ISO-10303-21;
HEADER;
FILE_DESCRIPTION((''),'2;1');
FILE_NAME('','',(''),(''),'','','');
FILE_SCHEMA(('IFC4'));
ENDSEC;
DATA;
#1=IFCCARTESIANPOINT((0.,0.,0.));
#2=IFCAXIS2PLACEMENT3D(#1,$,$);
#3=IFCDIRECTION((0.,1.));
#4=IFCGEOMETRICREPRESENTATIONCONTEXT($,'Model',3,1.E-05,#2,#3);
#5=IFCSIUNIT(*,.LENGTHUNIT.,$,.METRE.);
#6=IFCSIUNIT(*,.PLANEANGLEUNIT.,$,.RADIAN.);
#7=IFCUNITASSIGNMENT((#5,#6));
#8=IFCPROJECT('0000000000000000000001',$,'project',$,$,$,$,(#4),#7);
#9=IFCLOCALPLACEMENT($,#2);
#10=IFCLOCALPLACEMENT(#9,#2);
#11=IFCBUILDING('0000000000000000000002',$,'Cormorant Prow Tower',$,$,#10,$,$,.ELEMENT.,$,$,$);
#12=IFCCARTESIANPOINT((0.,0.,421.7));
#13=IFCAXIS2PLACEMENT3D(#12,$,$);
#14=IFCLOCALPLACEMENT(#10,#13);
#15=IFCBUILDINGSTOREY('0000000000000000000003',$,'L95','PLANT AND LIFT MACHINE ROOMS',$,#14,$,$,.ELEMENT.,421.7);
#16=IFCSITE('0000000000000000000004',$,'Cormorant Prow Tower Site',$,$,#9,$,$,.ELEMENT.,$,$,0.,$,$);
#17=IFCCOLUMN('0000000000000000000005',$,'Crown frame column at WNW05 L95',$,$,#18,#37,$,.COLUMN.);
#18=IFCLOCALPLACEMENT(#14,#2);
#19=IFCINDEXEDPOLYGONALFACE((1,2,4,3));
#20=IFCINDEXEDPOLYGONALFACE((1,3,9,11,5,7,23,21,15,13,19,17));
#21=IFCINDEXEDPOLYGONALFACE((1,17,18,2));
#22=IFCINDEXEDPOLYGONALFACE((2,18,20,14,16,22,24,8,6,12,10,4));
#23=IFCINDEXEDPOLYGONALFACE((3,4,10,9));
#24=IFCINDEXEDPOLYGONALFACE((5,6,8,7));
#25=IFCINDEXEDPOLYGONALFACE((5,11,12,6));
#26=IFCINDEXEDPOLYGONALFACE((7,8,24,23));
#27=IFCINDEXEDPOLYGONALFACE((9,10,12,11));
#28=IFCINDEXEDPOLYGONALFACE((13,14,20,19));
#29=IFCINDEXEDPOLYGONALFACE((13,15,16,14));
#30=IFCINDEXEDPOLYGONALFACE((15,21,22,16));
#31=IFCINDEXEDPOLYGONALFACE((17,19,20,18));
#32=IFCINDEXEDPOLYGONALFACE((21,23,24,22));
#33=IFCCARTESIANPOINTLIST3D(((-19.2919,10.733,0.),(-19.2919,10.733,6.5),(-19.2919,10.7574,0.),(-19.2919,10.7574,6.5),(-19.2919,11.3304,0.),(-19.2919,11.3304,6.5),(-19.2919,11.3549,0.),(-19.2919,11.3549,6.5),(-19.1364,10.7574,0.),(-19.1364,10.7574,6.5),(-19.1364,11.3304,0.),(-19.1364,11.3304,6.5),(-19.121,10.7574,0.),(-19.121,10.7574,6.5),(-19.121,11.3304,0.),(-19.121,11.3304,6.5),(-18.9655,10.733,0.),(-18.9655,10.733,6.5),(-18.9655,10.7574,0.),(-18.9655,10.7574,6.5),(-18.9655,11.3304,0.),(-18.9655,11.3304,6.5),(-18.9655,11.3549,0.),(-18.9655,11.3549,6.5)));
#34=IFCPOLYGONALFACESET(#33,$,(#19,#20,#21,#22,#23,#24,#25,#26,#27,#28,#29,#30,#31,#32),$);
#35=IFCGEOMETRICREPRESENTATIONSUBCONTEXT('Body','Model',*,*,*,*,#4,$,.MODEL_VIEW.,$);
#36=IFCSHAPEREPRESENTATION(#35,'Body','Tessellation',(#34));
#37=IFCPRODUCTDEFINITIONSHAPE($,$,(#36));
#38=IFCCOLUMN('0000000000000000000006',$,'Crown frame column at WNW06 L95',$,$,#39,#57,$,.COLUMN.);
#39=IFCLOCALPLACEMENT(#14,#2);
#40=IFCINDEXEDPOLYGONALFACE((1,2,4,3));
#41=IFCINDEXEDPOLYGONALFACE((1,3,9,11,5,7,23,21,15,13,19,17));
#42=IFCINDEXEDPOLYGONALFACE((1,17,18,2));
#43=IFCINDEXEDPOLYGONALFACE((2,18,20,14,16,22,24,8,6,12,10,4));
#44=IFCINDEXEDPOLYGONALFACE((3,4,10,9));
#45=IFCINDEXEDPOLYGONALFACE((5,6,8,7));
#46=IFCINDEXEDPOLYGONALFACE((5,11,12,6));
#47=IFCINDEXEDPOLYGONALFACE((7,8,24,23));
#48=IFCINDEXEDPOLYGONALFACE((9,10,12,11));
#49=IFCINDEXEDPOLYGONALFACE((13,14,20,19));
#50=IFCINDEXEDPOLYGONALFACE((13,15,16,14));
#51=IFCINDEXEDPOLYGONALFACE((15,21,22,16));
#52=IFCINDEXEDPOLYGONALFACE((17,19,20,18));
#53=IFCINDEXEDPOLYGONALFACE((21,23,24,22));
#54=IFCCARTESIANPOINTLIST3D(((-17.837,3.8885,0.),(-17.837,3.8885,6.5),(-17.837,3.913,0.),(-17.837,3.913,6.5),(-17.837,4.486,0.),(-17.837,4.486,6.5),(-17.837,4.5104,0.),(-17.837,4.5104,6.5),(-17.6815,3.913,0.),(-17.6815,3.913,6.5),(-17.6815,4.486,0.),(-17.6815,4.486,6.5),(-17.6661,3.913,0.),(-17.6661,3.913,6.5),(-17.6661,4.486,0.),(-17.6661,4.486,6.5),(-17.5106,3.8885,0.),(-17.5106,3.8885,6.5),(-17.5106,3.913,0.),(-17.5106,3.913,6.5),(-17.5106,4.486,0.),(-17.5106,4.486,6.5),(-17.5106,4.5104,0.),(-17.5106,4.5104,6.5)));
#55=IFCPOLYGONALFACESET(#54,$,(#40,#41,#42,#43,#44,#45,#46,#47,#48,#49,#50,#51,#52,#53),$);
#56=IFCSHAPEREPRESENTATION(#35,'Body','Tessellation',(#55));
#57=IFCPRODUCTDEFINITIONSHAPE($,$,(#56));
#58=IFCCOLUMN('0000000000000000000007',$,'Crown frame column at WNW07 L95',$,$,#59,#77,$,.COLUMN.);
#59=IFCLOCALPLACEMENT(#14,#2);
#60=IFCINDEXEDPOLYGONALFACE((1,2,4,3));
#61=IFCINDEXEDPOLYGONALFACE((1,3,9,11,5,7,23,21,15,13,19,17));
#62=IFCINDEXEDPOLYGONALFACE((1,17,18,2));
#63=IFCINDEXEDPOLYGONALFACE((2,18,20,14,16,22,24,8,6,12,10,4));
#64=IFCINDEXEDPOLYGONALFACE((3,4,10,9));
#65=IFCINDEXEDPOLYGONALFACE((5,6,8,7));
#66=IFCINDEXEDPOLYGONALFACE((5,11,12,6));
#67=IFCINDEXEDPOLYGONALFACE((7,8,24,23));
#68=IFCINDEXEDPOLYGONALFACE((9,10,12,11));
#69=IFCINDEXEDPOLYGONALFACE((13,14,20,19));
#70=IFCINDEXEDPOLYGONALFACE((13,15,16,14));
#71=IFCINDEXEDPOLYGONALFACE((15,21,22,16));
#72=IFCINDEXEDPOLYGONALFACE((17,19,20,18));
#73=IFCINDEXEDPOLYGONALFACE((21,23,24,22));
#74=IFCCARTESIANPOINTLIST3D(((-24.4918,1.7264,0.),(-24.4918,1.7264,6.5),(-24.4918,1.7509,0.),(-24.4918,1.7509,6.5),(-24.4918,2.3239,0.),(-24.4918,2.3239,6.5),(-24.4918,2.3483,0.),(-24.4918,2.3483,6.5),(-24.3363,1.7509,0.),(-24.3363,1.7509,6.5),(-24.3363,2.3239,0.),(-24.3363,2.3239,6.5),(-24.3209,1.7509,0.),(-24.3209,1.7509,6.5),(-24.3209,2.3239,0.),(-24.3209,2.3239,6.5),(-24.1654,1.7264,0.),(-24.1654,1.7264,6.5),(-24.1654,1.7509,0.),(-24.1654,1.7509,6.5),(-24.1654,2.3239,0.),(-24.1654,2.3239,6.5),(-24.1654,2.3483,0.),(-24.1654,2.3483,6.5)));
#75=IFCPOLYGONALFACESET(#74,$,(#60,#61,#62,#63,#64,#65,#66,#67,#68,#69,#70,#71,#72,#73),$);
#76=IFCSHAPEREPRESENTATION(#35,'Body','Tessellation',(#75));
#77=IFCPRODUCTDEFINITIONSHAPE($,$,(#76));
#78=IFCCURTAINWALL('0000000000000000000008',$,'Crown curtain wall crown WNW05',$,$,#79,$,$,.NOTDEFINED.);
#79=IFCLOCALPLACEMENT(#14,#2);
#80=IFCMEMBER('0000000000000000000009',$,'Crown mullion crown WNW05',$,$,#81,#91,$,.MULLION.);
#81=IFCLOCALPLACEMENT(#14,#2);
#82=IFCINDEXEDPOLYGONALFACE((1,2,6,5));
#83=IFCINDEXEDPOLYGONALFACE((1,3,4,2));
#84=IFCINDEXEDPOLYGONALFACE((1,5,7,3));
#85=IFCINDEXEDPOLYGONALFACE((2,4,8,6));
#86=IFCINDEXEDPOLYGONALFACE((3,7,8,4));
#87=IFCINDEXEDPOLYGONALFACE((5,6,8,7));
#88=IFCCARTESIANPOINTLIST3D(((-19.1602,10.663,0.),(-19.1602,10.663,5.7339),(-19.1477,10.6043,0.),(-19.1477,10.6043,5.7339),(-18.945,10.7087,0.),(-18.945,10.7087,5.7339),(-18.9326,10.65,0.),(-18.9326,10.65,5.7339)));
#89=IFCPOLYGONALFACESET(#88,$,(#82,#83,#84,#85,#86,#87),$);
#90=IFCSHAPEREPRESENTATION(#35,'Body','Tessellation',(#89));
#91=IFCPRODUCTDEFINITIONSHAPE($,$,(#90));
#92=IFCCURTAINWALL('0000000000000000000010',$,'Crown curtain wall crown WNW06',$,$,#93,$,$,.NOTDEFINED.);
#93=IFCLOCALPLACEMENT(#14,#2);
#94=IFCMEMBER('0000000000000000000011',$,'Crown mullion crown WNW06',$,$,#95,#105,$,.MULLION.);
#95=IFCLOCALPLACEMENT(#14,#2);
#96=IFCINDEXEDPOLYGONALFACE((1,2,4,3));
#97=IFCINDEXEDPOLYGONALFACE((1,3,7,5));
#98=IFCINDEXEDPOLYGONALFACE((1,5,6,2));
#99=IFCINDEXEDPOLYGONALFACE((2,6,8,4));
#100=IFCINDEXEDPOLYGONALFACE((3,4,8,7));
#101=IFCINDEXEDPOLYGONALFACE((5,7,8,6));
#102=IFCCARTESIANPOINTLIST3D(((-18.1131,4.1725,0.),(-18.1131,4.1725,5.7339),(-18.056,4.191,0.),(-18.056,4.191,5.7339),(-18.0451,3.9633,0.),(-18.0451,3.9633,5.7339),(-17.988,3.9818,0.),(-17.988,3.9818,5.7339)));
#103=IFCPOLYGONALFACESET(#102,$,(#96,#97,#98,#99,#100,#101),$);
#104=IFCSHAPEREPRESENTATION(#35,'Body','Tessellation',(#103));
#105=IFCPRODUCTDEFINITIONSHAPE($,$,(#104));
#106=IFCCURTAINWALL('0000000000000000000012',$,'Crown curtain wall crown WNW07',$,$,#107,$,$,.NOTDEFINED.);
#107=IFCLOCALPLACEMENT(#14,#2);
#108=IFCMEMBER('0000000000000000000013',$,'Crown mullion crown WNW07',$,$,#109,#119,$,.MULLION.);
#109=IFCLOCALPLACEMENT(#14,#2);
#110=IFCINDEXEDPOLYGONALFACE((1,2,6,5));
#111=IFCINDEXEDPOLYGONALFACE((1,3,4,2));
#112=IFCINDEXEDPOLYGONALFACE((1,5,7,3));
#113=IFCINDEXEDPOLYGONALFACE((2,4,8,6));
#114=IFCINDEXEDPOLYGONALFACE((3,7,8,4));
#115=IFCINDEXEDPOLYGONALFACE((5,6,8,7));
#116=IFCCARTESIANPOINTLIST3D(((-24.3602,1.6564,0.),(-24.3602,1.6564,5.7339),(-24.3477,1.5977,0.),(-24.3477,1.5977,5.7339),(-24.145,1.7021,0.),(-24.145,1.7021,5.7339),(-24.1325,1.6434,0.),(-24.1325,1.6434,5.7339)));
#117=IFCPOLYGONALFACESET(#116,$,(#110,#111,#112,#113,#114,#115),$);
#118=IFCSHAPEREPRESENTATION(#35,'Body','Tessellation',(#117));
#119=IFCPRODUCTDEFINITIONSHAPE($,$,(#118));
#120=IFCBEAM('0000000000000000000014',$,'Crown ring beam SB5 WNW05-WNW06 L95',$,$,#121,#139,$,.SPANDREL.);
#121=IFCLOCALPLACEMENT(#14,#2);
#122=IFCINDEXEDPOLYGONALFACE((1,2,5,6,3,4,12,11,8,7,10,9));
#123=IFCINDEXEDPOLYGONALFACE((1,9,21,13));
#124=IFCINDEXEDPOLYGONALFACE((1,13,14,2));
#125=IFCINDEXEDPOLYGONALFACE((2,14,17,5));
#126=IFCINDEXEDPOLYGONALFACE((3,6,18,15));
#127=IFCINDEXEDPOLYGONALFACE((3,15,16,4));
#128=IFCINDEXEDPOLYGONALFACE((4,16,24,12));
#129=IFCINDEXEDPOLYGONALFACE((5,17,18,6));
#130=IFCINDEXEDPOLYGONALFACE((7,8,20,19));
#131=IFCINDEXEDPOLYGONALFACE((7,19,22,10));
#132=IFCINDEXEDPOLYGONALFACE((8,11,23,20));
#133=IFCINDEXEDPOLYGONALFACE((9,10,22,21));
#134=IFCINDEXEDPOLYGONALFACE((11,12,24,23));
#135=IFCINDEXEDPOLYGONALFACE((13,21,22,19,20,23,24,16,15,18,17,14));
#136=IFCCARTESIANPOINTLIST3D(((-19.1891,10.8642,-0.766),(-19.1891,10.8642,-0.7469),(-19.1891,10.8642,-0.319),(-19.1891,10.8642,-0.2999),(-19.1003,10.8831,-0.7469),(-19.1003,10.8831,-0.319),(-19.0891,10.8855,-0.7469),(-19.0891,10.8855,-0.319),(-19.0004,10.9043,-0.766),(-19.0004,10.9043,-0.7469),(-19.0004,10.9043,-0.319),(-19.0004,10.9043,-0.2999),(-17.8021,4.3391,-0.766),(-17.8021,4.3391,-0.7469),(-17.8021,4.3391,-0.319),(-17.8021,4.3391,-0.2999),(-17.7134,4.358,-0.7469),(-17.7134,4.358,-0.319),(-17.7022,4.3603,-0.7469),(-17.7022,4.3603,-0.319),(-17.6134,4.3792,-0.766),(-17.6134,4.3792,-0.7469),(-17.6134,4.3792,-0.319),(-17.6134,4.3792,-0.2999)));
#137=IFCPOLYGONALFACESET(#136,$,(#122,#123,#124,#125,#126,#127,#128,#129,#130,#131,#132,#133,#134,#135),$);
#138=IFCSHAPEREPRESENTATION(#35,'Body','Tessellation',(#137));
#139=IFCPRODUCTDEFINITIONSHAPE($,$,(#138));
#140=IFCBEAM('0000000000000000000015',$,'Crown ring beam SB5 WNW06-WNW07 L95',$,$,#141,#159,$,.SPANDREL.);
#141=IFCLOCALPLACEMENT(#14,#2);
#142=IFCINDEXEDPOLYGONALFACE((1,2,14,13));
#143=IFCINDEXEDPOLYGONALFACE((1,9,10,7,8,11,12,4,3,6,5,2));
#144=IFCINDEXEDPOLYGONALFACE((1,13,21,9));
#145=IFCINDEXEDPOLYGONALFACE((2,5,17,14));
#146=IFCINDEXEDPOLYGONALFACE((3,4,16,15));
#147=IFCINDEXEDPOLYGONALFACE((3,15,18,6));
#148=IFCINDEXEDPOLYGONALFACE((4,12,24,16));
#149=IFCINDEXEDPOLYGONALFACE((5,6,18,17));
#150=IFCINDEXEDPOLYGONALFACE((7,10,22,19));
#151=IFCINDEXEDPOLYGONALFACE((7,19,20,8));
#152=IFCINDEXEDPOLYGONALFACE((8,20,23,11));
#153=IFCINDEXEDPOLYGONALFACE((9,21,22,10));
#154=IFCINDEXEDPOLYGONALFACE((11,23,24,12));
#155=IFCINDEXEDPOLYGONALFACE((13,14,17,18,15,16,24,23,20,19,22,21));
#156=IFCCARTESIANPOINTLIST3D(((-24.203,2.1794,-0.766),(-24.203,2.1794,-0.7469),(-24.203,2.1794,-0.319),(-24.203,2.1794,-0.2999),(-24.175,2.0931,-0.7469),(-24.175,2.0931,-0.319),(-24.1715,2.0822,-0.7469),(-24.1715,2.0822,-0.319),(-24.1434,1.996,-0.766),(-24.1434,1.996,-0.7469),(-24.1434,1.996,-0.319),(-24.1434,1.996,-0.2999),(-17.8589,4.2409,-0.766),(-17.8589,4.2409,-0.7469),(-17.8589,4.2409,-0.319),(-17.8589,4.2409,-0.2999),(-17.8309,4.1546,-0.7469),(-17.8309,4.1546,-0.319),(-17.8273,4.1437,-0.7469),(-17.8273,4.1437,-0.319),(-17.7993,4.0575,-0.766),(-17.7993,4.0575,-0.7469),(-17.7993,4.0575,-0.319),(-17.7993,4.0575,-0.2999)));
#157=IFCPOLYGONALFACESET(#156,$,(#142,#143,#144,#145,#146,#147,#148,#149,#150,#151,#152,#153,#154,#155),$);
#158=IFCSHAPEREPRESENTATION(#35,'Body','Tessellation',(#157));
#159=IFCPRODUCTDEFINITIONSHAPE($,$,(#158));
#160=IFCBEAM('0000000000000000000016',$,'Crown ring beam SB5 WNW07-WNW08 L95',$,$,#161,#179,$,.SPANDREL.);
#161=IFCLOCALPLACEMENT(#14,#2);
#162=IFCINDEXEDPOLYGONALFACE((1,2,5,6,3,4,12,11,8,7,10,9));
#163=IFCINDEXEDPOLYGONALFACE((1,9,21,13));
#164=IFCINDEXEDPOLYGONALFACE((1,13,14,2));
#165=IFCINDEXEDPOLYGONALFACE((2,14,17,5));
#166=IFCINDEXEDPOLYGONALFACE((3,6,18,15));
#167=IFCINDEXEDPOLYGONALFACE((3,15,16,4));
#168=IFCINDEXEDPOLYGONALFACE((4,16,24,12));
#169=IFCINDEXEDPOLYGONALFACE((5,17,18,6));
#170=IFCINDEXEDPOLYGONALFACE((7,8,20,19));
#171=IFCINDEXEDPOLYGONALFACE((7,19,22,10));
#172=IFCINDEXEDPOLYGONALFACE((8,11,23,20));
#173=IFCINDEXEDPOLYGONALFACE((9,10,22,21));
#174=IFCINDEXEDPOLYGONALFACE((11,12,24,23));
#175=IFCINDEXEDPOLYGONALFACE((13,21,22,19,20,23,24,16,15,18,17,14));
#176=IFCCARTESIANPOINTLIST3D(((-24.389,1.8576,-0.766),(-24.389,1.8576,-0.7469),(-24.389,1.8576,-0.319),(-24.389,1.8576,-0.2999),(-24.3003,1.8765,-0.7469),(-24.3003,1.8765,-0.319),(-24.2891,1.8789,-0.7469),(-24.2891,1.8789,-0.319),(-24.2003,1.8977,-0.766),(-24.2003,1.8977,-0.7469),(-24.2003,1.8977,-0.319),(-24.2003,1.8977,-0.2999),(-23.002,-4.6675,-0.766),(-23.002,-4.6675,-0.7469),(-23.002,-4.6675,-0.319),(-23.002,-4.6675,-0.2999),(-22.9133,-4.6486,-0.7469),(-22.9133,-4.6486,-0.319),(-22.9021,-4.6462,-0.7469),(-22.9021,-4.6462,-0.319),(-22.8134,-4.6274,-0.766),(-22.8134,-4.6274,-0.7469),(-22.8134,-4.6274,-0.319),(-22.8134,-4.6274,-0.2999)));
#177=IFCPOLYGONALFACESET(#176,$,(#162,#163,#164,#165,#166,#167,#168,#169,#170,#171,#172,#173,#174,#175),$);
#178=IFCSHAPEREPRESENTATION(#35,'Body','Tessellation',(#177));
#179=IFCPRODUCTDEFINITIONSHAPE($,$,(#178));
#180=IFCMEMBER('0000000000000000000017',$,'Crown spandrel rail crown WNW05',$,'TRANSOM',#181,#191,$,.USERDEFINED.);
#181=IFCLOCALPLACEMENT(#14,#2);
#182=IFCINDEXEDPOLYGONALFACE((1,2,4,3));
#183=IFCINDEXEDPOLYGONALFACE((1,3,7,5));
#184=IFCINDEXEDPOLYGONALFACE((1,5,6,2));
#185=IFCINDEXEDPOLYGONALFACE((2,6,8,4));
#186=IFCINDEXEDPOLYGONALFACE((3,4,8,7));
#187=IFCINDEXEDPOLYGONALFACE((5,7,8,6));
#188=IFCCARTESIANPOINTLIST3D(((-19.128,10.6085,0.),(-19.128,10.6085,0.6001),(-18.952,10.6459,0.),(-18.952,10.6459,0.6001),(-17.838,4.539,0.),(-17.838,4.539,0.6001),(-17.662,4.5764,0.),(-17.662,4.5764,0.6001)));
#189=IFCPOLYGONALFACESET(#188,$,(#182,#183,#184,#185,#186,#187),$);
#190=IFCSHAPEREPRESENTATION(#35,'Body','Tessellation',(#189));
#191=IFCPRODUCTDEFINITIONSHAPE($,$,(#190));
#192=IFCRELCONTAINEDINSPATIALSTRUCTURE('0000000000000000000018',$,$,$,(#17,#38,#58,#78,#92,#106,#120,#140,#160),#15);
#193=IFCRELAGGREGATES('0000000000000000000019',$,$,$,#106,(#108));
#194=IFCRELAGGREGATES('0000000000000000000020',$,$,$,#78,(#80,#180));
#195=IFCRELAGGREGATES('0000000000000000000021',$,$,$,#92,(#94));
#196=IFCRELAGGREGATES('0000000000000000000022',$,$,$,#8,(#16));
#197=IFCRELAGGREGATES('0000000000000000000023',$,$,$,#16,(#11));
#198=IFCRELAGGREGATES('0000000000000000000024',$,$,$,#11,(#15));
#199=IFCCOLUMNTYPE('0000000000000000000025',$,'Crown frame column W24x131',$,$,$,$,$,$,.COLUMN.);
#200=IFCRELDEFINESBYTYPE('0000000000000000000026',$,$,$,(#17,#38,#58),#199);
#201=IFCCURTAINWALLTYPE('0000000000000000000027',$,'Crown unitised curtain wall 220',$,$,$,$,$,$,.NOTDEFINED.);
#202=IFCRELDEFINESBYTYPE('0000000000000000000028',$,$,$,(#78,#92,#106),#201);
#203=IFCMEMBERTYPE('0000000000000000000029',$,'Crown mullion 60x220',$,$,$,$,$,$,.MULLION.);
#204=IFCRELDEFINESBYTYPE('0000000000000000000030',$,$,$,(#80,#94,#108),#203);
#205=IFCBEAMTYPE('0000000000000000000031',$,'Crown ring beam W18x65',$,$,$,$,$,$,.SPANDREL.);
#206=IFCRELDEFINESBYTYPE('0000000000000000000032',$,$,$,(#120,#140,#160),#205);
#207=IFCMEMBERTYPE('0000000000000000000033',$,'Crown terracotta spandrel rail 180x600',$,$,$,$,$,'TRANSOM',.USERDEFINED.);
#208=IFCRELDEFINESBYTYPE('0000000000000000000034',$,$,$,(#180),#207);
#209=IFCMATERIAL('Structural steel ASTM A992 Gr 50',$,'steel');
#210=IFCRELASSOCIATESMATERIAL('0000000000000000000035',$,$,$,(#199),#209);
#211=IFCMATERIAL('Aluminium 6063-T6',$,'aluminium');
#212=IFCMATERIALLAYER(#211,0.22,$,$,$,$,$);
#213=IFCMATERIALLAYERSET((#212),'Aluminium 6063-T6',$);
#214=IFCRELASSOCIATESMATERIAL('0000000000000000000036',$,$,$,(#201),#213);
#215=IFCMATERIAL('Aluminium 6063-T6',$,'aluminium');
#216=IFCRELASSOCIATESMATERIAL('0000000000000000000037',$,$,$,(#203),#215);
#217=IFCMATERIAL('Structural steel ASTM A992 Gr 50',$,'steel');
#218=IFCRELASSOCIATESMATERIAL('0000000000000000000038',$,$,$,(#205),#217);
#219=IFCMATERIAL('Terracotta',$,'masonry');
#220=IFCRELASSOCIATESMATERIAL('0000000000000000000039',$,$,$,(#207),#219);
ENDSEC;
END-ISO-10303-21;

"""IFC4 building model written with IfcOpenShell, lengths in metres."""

from ifc_helpers import new_model, si_unit, direction, frame, origin, origin_2d, place, context, subcontext, project, spatial, rectangle, i_section, extrude, material, layer, layer_set, material_profile, profile_set, type_object, element, aggregate, save


model = new_model("IFC4")

# Units and contexts
model_context = context("Model", 3, precision=1e-05, world=origin(), true_north=direction((0.0, 1.0)))
body_context = subcontext(model_context, "Body", "Model", "MODEL_VIEW")
ifc_project = project(units=[si_unit("LENGTHUNIT", "METRE"), si_unit("PLANEANGLEUNIT", "RADIAN")], contexts=[model_context])

# Site, building, storey
site_placement = place(None, origin())
site = spatial("IfcSite", under=ifc_project, at=site_placement, Name="Cormorant Prow Tower Site", CompositionType="ELEMENT", RefElevation=0.0)
building_placement = place(site_placement, origin())
building = spatial("IfcBuilding", under=site, at=building_placement, Name="Cormorant Prow Tower", CompositionType="ELEMENT")
storey_placement = place(building_placement, frame((0.0, 0.0, 421.7)))
storey = spatial("IfcBuildingStorey", under=building, at=storey_placement, Name="L95", Description="PLANT AND LIFT MACHINE ROOMS", CompositionType="ELEMENT", Elevation=421.7)

# Columns
ifc_material_1 = material(Name="Structural steel ASTM A992 Gr 50", Category="steel")
ifc_material_profile_1 = material_profile(ifc_material_1, i_section(OverallWidth=0.3264, OverallDepth=0.6218, WebThickness=0.0154, FlangeThickness=0.0244, at=origin_2d()), Name="W24x131")
ifc_profile_set_1 = profile_set([ifc_material_profile_1], Name="Structural steel ASTM A992 Gr 50")
column_type = type_object("IfcColumnType", Name="Crown frame column W24x131", PredefinedType="COLUMN", material=ifc_profile_set_1)
for number, where, z_axis, x_axis, name in (
    (1, (-19.1287, 11.0439, 0.0), (0.0, 0.0, 1.0), (1.0, 0.0, 0.0), "Crown frame column at WNW05 L95"),
    (2, (-17.6738, 4.1995, 0.0), (0.0, 0.0, 1.0), (1.0, 0.0, 0.0), "Crown frame column at WNW06 L95"),
    (3, (-24.3286, 2.0374, 0.0), (0.0, 0.0, 1.0), (1.0, 0.0, 0.0), "Crown frame column at WNW07 L95"),
):
    element("IfcColumn", number, at=place(storey_placement, frame(where, z_axis=z_axis, x_axis=x_axis)), inside=storey, type_object=column_type, Name=name, PredefinedType="COLUMN", context=body_context, shape_type="SweptSolid", body=[
        extrude(i_section(OverallWidth=0.3264, OverallDepth=0.6218, WebThickness=0.0154, FlangeThickness=0.0244, at=origin_2d()), origin(), (0.0, 0.0, 1.0), 6.5),
    ])

# Curtain walls, members
ifc_material_2 = material(Name="Aluminium 6063-T6", Category="aluminium")
ifc_layer_1 = layer(ifc_material_2, 0.22)
ifc_layer_set_1 = layer_set([ifc_layer_1], Name="Aluminium 6063-T6")
curtain_wall_type = type_object("IfcCurtainWallType", Name="Crown unitised curtain wall 220", PredefinedType="NOTDEFINED", material=ifc_layer_set_1)
curtain_wall_1_placement = place(storey_placement, origin())
curtain_wall_1 = element("IfcCurtainWall", 4, at=curtain_wall_1_placement, inside=storey, type_object=curtain_wall_type, Name="Crown curtain wall crown WNW05", PredefinedType="NOTDEFINED")
ifc_material_3 = material(Name="Aluminium 6063-T6", Category="aluminium")
ifc_material_profile_2 = material_profile(ifc_material_3, rectangle(XDim=0.22, YDim=0.0601, at=origin_2d()), Name="Crown mullion 60x220")
ifc_profile_set_2 = profile_set([ifc_material_profile_2], Name="Aluminium 6063-T6")
member_type_1 = type_object("IfcMemberType", Name="Crown mullion 60x220", PredefinedType="MULLION", material=ifc_profile_set_2)
member_1_placement = place(storey_placement, frame((-19.0464, 10.6565, 0.0), z_axis=(0.0, 0.0, 1.0), x_axis=(0.978148, 0.207912, 0.0)))
member_1 = element("IfcMember", 5, at=member_1_placement, type_object=member_type_1, Name="Crown mullion crown WNW05", PredefinedType="MULLION", context=body_context, shape_type="SweptSolid", body=[
    extrude(rectangle(XDim=0.22, YDim=0.0601, at=origin_2d()), origin(), (0.0, 0.0, 1.0), 5.7339),
])
curtain_wall_2_placement = place(storey_placement, origin())
curtain_wall_2 = element("IfcCurtainWall", 6, at=curtain_wall_2_placement, inside=storey, type_object=curtain_wall_type, Name="Crown curtain wall crown WNW06", PredefinedType="NOTDEFINED")
member_2_placement = place(storey_placement, frame((-18.0505, 4.0771, 0.0), z_axis=(0.0, 0.0, 1.0), x_axis=(0.309017, -0.951056, 0.0)))
member_2 = element("IfcMember", 7, at=member_2_placement, type_object=member_type_1, Name="Crown mullion crown WNW06", PredefinedType="MULLION", context=body_context, shape_type="SweptSolid", body=[
    extrude(rectangle(XDim=0.22, YDim=0.0601, at=origin_2d()), origin(), (0.0, 0.0, 1.0), 5.7339),
])
curtain_wall_3_placement = place(storey_placement, origin())
curtain_wall_3 = element("IfcCurtainWall", 8, at=curtain_wall_3_placement, inside=storey, type_object=curtain_wall_type, Name="Crown curtain wall crown WNW07", PredefinedType="NOTDEFINED")
member_3_placement = place(storey_placement, frame((-24.2463, 1.6499, 0.0), z_axis=(0.0, 0.0, 1.0), x_axis=(0.978148, 0.207912, 0.0)))
member_3 = element("IfcMember", 9, at=member_3_placement, type_object=member_type_1, Name="Crown mullion crown WNW07", PredefinedType="MULLION", context=body_context, shape_type="SweptSolid", body=[
    extrude(rectangle(XDim=0.22, YDim=0.0601, at=origin_2d()), origin(), (0.0, 0.0, 1.0), 5.7339),
])

# Beams
ifc_material_4 = material(Name="Structural steel ASTM A992 Gr 50", Category="steel")
ifc_material_profile_3 = material_profile(ifc_material_4, i_section(OverallWidth=0.1929, OverallDepth=0.4661, WebThickness=0.0115, FlangeThickness=0.019, at=origin_2d()), Name="W18x65")
ifc_profile_set_3 = profile_set([ifc_material_profile_3], Name="Structural steel ASTM A992 Gr 50")
beam_type = type_object("IfcBeamType", Name="Crown ring beam W18x65", PredefinedType="SPANDREL", material=ifc_profile_set_3)
beam_1_placement = place(storey_placement, frame((-19.0947, 10.8843, -0.533), z_axis=(0.207912, -0.978148, 0.0), x_axis=(0.978148, 0.207912, 0.0)))
element("IfcBeam", 10, at=beam_1_placement, inside=storey, type_object=beam_type, Name="Crown ring beam SB5 WNW05-WNW06 L95", PredefinedType="SPANDREL", context=body_context, shape_type="SweptSolid", body=[
    extrude(i_section(OverallWidth=0.1929, OverallDepth=0.4661, WebThickness=0.0115, FlangeThickness=0.019, at=origin_2d()), origin(), (0.0, 0.0, 1.0), 6.6709),
])
beam_2_placement = place(storey_placement, frame((-17.8291, 4.1492, -0.533), z_axis=(-0.95105, -0.309038, 0.0), x_axis=(0.309038, -0.95105, 0.0)))
element("IfcBeam", 11, at=beam_2_placement, inside=storey, type_object=beam_type, Name="Crown ring beam SB5 WNW06-WNW07 L95", PredefinedType="SPANDREL", context=body_context, shape_type="SweptSolid", body=[
    extrude(i_section(OverallWidth=0.1929, OverallDepth=0.4661, WebThickness=0.0115, FlangeThickness=0.019, at=origin_2d()), origin(), (0.0, 0.0, 1.0), 6.6707),
])
beam_3_placement = place(storey_placement, frame((-24.2947, 1.8777, -0.533), z_axis=(0.207912, -0.978148, 0.0), x_axis=(0.978148, 0.207912, 0.0)))
element("IfcBeam", 12, at=beam_3_placement, inside=storey, type_object=beam_type, Name="Crown ring beam SB5 WNW07-WNW08 L95", PredefinedType="SPANDREL", context=body_context, shape_type="SweptSolid", body=[
    extrude(i_section(OverallWidth=0.1929, OverallDepth=0.4661, WebThickness=0.0115, FlangeThickness=0.019, at=origin_2d()), origin(), (0.0, 0.0, 1.0), 6.6709),
])

# Member
ifc_material_5 = material(Name="Terracotta", Category="masonry")
ifc_material_profile_4 = material_profile(ifc_material_5, rectangle(XDim=0.1799, YDim=0.6001, at=origin_2d()), Name="Crown terracotta spandrel rail 180x600")
ifc_profile_set_4 = profile_set([ifc_material_profile_4], Name="Terracotta")
member_type_2 = type_object("IfcMemberType", Name="Crown terracotta spandrel rail 180x600", ElementType="TRANSOM", PredefinedType="USERDEFINED", material=ifc_profile_set_4)
member_4_placement = place(storey_placement, frame((-19.04, 10.6272, 0.3), z_axis=(0.207898, -0.978151, 0.0), x_axis=(0.978151, 0.207898, 0.0)))
member_4 = element("IfcMember", 13, at=member_4_placement, type_object=member_type_2, Name="Crown spandrel rail crown WNW05", ObjectType="TRANSOM", PredefinedType="USERDEFINED", context=body_context, shape_type="SweptSolid", body=[
    extrude(rectangle(XDim=0.1799, YDim=0.6001, at=origin_2d()), origin(), (0.0, 0.0, 1.0), 6.2051),
])
aggregate(curtain_wall_3, [member_3])

aggregate(curtain_wall_1, [member_1, member_4])
aggregate(curtain_wall_2, [member_2])

save(model, "model.ifc")
